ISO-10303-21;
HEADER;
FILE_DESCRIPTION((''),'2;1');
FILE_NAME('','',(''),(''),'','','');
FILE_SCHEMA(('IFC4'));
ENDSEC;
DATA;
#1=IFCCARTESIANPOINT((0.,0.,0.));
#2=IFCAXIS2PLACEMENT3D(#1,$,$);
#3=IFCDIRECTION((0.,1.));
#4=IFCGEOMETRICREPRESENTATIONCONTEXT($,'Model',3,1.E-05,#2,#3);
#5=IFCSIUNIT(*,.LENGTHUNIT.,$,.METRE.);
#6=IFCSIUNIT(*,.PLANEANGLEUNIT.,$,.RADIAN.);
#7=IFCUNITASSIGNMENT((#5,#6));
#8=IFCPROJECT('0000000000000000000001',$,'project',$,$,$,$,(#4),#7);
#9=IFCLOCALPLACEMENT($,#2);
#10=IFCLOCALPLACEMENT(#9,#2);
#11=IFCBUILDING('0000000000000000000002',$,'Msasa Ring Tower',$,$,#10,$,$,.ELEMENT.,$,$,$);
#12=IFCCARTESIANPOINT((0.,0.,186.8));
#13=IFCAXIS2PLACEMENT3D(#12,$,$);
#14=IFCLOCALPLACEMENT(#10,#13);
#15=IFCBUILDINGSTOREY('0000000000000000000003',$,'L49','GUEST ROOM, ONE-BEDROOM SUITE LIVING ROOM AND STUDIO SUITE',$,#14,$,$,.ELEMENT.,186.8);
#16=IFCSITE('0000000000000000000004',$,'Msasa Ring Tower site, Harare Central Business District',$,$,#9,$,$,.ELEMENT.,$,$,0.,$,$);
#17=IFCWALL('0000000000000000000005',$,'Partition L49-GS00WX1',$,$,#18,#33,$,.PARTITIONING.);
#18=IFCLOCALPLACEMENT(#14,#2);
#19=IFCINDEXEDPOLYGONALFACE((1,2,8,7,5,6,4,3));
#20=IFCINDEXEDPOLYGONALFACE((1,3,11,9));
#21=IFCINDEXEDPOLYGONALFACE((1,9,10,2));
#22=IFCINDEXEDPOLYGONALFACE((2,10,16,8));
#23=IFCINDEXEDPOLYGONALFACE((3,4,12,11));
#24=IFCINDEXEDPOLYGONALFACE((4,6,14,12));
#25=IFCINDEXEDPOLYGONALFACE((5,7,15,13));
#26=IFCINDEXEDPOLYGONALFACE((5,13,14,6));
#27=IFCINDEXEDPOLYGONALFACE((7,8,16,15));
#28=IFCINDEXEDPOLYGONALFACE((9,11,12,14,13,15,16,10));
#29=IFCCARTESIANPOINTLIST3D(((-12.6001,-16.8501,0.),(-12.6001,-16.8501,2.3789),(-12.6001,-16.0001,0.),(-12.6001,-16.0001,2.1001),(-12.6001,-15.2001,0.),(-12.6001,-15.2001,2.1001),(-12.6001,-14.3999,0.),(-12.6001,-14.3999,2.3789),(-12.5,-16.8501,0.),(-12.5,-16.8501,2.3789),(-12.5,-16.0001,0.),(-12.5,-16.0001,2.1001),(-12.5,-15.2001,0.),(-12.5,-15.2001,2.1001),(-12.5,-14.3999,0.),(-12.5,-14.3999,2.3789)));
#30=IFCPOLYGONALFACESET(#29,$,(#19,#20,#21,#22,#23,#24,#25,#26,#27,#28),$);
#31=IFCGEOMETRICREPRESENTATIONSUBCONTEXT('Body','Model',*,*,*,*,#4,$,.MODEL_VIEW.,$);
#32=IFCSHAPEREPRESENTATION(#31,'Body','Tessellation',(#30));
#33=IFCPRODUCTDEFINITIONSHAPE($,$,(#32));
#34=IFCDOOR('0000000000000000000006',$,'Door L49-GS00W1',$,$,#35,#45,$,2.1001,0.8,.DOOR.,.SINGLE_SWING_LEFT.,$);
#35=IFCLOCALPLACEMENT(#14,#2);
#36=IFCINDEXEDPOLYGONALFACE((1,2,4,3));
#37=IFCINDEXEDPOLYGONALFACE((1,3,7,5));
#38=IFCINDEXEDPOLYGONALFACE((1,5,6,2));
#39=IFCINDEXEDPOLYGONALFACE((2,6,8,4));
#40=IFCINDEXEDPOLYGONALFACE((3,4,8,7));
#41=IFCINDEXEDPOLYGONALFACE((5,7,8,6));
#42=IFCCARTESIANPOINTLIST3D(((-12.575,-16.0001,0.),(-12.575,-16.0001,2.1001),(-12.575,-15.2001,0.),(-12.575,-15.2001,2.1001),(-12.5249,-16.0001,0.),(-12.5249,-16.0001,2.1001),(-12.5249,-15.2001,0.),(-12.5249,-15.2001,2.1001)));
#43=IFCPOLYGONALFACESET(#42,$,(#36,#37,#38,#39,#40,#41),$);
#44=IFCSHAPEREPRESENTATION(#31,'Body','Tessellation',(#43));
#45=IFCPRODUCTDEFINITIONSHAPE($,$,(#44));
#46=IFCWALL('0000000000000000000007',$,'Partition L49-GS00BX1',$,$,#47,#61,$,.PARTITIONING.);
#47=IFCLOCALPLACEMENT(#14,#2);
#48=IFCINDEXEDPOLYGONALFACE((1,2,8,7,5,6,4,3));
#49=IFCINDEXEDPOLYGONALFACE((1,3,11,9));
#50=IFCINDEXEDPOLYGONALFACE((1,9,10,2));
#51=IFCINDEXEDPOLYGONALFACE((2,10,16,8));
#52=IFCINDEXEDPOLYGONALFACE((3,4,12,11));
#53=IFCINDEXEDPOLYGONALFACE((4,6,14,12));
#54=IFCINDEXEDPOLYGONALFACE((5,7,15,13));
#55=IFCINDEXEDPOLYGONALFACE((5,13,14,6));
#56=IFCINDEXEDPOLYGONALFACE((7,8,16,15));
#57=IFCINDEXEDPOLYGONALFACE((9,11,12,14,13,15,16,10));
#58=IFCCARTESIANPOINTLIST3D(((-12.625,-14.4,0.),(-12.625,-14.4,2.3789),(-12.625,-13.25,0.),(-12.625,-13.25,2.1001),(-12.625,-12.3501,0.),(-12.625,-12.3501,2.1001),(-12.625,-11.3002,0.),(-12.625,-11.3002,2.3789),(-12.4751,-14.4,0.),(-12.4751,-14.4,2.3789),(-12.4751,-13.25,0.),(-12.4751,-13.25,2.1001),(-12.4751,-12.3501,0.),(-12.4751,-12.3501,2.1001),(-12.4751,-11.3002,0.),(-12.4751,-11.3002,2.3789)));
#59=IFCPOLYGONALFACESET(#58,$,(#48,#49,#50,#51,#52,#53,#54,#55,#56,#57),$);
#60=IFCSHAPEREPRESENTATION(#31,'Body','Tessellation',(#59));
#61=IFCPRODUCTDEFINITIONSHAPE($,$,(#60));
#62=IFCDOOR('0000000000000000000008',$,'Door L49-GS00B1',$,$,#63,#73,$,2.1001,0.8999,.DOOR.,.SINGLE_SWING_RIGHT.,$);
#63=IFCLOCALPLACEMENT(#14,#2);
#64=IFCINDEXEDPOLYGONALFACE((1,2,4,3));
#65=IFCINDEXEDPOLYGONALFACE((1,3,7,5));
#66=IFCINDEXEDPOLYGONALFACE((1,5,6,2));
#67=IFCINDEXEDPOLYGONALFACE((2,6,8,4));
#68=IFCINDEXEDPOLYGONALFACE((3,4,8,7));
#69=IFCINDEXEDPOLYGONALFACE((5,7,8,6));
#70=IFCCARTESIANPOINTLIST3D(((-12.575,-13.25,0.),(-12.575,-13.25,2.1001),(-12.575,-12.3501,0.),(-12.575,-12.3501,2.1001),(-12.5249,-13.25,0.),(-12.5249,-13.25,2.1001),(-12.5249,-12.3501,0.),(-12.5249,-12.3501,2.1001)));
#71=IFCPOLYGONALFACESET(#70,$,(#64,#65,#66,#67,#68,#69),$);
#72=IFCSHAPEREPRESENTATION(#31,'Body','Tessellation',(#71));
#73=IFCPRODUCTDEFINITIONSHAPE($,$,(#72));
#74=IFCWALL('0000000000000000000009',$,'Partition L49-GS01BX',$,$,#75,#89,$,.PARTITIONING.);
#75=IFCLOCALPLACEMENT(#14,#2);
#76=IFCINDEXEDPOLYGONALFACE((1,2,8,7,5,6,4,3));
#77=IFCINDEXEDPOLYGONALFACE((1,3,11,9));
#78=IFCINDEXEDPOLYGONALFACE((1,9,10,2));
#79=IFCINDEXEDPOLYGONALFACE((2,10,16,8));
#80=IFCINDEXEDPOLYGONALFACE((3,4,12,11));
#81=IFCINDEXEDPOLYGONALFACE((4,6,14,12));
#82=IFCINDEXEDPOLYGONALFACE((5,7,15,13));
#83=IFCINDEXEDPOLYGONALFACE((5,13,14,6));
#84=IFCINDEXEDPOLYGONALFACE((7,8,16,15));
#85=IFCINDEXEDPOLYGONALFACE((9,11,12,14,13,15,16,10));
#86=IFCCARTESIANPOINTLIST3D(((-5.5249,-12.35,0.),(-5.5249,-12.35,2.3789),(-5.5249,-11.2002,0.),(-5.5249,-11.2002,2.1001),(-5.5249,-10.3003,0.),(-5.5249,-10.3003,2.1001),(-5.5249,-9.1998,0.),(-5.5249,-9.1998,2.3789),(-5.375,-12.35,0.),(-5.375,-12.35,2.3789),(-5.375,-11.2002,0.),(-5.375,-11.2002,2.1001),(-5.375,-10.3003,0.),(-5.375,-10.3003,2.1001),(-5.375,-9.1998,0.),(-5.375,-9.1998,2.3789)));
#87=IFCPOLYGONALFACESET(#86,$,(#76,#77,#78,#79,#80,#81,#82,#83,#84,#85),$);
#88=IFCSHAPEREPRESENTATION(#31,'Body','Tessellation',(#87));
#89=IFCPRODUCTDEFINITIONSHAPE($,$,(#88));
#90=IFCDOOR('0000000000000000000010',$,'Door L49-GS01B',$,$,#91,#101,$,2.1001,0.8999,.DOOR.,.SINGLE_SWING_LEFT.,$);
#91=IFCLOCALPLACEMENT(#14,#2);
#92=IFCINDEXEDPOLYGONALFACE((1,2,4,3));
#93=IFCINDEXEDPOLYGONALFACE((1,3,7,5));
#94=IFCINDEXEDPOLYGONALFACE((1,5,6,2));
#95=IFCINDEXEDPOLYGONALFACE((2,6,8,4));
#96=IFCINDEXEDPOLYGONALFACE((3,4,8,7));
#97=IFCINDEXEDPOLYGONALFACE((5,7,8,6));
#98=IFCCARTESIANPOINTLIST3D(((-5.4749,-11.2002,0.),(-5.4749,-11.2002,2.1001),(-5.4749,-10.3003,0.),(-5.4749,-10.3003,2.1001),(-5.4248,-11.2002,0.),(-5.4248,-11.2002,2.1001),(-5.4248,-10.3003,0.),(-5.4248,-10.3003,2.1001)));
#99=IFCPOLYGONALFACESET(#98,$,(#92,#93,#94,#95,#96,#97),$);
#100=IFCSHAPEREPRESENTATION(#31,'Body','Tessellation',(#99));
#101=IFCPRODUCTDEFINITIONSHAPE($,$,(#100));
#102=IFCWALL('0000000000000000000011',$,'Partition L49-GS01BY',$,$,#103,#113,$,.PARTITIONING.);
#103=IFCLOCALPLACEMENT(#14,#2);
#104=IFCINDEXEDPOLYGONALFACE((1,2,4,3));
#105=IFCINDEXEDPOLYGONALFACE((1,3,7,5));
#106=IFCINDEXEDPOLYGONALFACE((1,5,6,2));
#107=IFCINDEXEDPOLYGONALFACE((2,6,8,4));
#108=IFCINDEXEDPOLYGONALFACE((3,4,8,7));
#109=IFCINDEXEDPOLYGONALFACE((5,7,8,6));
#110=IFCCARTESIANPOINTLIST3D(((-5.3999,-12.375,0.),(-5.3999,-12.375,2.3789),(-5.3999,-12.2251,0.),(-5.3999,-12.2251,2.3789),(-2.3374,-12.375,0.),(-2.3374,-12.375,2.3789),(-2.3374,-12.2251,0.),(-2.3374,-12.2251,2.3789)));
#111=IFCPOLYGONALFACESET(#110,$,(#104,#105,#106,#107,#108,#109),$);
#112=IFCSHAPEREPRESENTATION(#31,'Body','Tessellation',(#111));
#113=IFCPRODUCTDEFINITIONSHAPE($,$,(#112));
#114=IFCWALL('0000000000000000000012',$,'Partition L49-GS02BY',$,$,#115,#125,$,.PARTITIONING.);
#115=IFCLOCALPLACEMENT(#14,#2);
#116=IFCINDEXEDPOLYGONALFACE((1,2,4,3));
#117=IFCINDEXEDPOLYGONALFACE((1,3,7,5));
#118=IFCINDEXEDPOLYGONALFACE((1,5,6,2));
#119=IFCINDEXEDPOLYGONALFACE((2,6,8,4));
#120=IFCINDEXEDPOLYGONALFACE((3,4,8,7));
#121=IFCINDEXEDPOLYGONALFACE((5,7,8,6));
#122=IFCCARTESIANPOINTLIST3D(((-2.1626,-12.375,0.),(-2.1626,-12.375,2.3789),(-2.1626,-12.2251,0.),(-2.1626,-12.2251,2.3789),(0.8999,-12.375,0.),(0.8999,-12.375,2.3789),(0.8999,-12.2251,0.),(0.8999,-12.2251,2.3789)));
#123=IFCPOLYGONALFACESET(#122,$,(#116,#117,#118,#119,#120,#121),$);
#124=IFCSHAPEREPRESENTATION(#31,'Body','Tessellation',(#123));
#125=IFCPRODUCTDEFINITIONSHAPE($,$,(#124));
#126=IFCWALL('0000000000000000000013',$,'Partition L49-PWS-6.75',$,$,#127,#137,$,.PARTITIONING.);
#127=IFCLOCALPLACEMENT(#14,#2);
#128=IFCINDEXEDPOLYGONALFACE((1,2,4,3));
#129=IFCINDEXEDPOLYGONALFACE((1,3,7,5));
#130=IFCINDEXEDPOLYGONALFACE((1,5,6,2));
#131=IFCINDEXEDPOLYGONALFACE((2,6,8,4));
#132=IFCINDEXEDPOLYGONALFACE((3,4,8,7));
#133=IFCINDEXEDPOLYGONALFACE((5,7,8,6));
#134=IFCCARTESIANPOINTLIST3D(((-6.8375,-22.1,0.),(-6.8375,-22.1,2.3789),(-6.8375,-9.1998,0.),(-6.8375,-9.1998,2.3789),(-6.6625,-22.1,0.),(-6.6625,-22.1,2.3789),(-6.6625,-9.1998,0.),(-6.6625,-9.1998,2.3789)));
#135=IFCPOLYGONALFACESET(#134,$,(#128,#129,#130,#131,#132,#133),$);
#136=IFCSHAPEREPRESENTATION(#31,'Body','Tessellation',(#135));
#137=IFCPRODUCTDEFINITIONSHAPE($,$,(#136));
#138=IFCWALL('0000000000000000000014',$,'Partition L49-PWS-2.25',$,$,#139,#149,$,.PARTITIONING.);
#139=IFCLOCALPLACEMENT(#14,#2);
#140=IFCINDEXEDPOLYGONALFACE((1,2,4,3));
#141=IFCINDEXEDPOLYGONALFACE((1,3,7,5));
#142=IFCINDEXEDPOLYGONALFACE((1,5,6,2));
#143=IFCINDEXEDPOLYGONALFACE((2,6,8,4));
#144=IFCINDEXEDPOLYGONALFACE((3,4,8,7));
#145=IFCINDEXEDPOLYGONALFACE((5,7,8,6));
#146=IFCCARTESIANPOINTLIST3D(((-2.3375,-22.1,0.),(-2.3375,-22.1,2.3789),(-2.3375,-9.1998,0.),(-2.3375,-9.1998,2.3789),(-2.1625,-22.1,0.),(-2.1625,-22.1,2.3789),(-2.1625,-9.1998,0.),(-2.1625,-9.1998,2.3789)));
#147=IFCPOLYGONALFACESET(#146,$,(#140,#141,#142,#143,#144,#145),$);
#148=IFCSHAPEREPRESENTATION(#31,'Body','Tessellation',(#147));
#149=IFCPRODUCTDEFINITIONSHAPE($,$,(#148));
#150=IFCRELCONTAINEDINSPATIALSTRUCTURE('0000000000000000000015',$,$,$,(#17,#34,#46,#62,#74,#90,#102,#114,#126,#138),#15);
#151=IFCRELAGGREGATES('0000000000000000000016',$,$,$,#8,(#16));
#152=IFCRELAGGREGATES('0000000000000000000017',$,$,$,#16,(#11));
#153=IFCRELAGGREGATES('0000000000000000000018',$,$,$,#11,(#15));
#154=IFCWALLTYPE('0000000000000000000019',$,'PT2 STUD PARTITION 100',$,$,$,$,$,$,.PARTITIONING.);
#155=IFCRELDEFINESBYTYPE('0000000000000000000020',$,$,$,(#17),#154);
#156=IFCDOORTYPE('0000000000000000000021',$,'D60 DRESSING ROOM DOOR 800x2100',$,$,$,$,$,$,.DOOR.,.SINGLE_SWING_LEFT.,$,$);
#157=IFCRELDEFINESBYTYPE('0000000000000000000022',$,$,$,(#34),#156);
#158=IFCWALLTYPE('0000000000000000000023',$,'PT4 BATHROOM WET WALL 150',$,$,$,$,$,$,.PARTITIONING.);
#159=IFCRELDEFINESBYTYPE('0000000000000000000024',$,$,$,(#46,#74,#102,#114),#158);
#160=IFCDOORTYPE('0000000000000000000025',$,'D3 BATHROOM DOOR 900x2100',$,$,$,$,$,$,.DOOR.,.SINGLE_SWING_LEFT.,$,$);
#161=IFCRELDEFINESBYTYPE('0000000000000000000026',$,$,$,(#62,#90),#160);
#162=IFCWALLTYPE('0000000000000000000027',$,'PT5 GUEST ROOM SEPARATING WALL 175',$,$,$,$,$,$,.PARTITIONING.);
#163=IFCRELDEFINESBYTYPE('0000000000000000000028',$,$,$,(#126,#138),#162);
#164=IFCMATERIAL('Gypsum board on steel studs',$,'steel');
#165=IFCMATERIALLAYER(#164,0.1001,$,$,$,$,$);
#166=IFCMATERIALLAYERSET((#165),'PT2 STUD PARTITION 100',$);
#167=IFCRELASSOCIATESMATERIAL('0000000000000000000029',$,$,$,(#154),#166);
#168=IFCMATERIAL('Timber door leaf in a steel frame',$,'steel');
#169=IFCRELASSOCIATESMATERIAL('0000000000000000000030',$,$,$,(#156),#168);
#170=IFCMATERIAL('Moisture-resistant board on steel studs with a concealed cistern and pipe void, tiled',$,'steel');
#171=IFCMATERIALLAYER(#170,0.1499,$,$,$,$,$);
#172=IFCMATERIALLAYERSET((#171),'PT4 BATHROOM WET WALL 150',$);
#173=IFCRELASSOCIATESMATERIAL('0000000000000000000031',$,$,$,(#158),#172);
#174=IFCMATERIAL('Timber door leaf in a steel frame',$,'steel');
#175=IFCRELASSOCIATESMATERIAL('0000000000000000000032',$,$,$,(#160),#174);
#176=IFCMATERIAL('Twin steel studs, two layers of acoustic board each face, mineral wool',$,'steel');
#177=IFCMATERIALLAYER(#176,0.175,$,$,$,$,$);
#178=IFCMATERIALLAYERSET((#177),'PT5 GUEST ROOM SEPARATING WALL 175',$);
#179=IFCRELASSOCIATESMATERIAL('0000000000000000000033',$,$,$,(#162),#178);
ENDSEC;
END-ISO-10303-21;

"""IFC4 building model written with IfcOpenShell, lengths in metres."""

from ifc_helpers import new_model, si_unit, direction, frame, frame_2d, origin, place, context, subcontext, project, spatial, rectangle, extrude, material, layer, layer_set, type_object, element, fill, save


model = new_model("IFC4")

# Units and contexts
model_context = context("Model", 3, precision=1e-05, world=origin(), true_north=direction((0.0, 1.0)))
body_context = subcontext(model_context, "Body", "Model", "MODEL_VIEW")
ifc_project = project(units=[si_unit("LENGTHUNIT", "METRE"), si_unit("PLANEANGLEUNIT", "RADIAN")], contexts=[model_context])

# Site, building, storey
site_placement = place(None, origin())
site = spatial("IfcSite", under=ifc_project, at=site_placement, Name="Msasa Ring Tower site, Harare Central Business District", CompositionType="ELEMENT", RefElevation=0.0)
building_placement = place(site_placement, origin())
building = spatial("IfcBuilding", under=site, at=building_placement, Name="Msasa Ring Tower", CompositionType="ELEMENT")
storey_placement = place(building_placement, frame((0.0, 0.0, 186.8)))
storey = spatial("IfcBuildingStorey", under=building, at=storey_placement, Name="L49", Description="GUEST ROOM, ONE-BEDROOM SUITE LIVING ROOM AND STUDIO SUITE", CompositionType="ELEMENT", Elevation=186.8)

# Shared definitions
ifc_material_1 = material(Name="Gypsum board on steel studs", Category="steel")
ifc_layer_1 = layer(ifc_material_1, 0.1001)
ifc_layer_set_1 = layer_set([ifc_layer_1], Name="PT2 STUD PARTITION 100")
wall_type_1 = type_object("IfcWallType", Name="PT2 STUD PARTITION 100", PredefinedType="PARTITIONING", material=ifc_layer_set_1)

# Walls, openings, doors
wall_1_placement = place(storey_placement, frame((-12.55, -16.8501, 0.0), z_axis=(0.0, 0.0, 1.0), x_axis=(0.0, 1.0, 0.0)))
wall_1 = element("IfcWall", 1, at=wall_1_placement, inside=storey, type_object=wall_type_1, Name="Partition L49-GS00WX1", PredefinedType="PARTITIONING", context=body_context, shape_type="SweptSolid", body=[
    extrude(rectangle(XDim=2.4502, YDim=0.1001, at=frame_2d((1.2251, 0.0))), origin(), (0.0, 0.0, 1.0), 2.3789),
])
opening_1_placement = place(wall_1_placement, frame((0.8501, 0.0, 0.0)))
opening_1 = element("IfcOpeningElement", 2, at=opening_1_placement, cuts=wall_1, PredefinedType="OPENING", context=body_context, shape_type="SweptSolid", body=[
    extrude(rectangle(XDim=0.8, YDim=2.1001, at=frame_2d((0.3999, 1.05))), frame((0.0, 0.0601, 0.0), z_axis=(0.0, -1.0, 0.0), x_axis=(1.0, 0.0, 0.0)), (0.0, 0.0, 1.0), 0.1201),
])
ifc_material_2 = material(Name="Timber door leaf in a steel frame", Category="steel")
door_type_1 = type_object("IfcDoorType", Name="D60 DRESSING ROOM DOOR 800x2100", OperationType="SINGLE_SWING_LEFT", PredefinedType="DOOR", material=ifc_material_2)
door_1_placement = place(opening_1_placement, origin())
door_1 = element("IfcDoor", 3, at=door_1_placement, inside=storey, type_object=door_type_1, Name="Door L49-GS00W1", OperationType="SINGLE_SWING_LEFT", OverallHeight=2.1001, OverallWidth=0.8, PredefinedType="DOOR", context=body_context, shape_type="SweptSolid", body=[
    extrude(rectangle(XDim=0.8, YDim=2.1001, at=frame_2d((0.3999, 1.05))), frame((0.0, 0.0249, 0.0), z_axis=(0.0, -1.0, 0.0), x_axis=(1.0, 0.0, 0.0)), (0.0, 0.0, 1.0), 0.05),
])
fill(opening_1, door_1)
ifc_material_3 = material(Name="Moisture-resistant board on steel studs with a concealed cistern and pipe void, tiled", Category="steel")
ifc_layer_2 = layer(ifc_material_3, 0.1499)
ifc_layer_set_2 = layer_set([ifc_layer_2], Name="PT4 BATHROOM WET WALL 150")
wall_type_2 = type_object("IfcWallType", Name="PT4 BATHROOM WET WALL 150", PredefinedType="PARTITIONING", material=ifc_layer_set_2)
wall_2_placement = place(storey_placement, frame((-12.55, -14.3999, 0.0), z_axis=(0.0, 0.0, 1.0), x_axis=(0.0, 1.0, 0.0)))
wall_2 = element("IfcWall", 4, at=wall_2_placement, inside=storey, type_object=wall_type_2, Name="Partition L49-GS00BX1", PredefinedType="PARTITIONING", context=body_context, shape_type="SweptSolid", body=[
    extrude(rectangle(XDim=3.0999, YDim=0.1499, at=frame_2d((1.5498, 0.0))), origin(), (0.0, 0.0, 1.0), 2.3789),
])
opening_2_placement = place(wall_2_placement, frame((1.1499, 0.0, 0.0)))
opening_2 = element("IfcOpeningElement", 5, at=opening_2_placement, cuts=wall_2, PredefinedType="OPENING", context=body_context, shape_type="SweptSolid", body=[
    extrude(rectangle(XDim=0.8999, YDim=2.1001, at=frame_2d((0.45, 1.05))), frame((0.0, 0.085, 0.0), z_axis=(0.0, -1.0, 0.0), x_axis=(1.0, 0.0, 0.0)), (0.0, 0.0, 1.0), 0.1699),
])
ifc_material_4 = material(Name="Timber door leaf in a steel frame", Category="steel")
door_type_2 = type_object("IfcDoorType", Name="D3 BATHROOM DOOR 900x2100", OperationType="SINGLE_SWING_LEFT", PredefinedType="DOOR", material=ifc_material_4)
door_2_placement = place(opening_2_placement, origin())
door_2 = element("IfcDoor", 6, at=door_2_placement, inside=storey, type_object=door_type_2, Name="Door L49-GS00B1", OperationType="SINGLE_SWING_RIGHT", OverallHeight=2.1001, OverallWidth=0.8999, PredefinedType="DOOR", context=body_context, shape_type="SweptSolid", body=[
    extrude(rectangle(XDim=0.8999, YDim=2.1001, at=frame_2d((0.45, 1.05))), frame((0.0, 0.0249, 0.0), z_axis=(0.0, -1.0, 0.0), x_axis=(1.0, 0.0, 0.0)), (0.0, 0.0, 1.0), 0.05),
])
fill(opening_2, door_2)
wall_3_placement = place(storey_placement, frame((-5.45, -12.3501, 0.0), z_axis=(0.0, 0.0, 1.0), x_axis=(0.0, 1.0, 0.0)))
wall_3 = element("IfcWall", 7, at=wall_3_placement, inside=storey, type_object=wall_type_2, Name="Partition L49-GS01BX", PredefinedType="PARTITIONING", context=body_context, shape_type="SweptSolid", body=[
    extrude(rectangle(XDim=3.1501, YDim=0.1499, at=frame_2d((1.5752, 0.0))), origin(), (0.0, 0.0, 1.0), 2.3789),
])
opening_3_placement = place(wall_3_placement, frame((1.1499, 0.0, 0.0)))
opening_3 = element("IfcOpeningElement", 8, at=opening_3_placement, cuts=wall_3, PredefinedType="OPENING", context=body_context, shape_type="SweptSolid", body=[
    extrude(rectangle(XDim=0.8999, YDim=2.1001, at=frame_2d((0.45, 1.05))), frame((0.0, 0.085, 0.0), z_axis=(0.0, -1.0, 0.0), x_axis=(1.0, 0.0, 0.0)), (0.0, 0.0, 1.0), 0.1699),
])
door_3_placement = place(opening_3_placement, origin())
door_3 = element("IfcDoor", 9, at=door_3_placement, inside=storey, type_object=door_type_2, Name="Door L49-GS01B", OperationType="SINGLE_SWING_LEFT", OverallHeight=2.1001, OverallWidth=0.8999, PredefinedType="DOOR", context=body_context, shape_type="SweptSolid", body=[
    extrude(rectangle(XDim=0.8999, YDim=2.1001, at=frame_2d((0.45, 1.05))), frame((0.0, 0.0249, 0.0), z_axis=(0.0, -1.0, 0.0), x_axis=(1.0, 0.0, 0.0)), (0.0, 0.0, 1.0), 0.05),
])
fill(opening_3, door_3)

# Walls
for number, where, z_axis, x_axis, name in (
    (10, (-5.3999, -12.3, 0.0), (0.0, 0.0, 1.0), (1.0, 0.0, 0.0), "Partition L49-GS01BY"),
    (11, (-2.1626, -12.3, 0.0), (0.0, 0.0, 1.0), (1.0, 0.0, 0.0), "Partition L49-GS02BY"),
):
    element("IfcWall", number, at=place(storey_placement, frame(where, z_axis=z_axis, x_axis=x_axis)), inside=storey, type_object=wall_type_2, Name=name, PredefinedType="PARTITIONING", context=body_context, shape_type="SweptSolid", body=[
        extrude(rectangle(XDim=3.0625, YDim=0.1499, at=frame_2d((1.5312, 0.0))), origin(), (0.0, 0.0, 1.0), 2.3789),
    ])
ifc_material_5 = material(Name="Twin steel studs, two layers of acoustic board each face, mineral wool", Category="steel")
ifc_layer_3 = layer(ifc_material_5, 0.175)
ifc_layer_set_3 = layer_set([ifc_layer_3], Name="PT5 GUEST ROOM SEPARATING WALL 175")
wall_type_3 = type_object("IfcWallType", Name="PT5 GUEST ROOM SEPARATING WALL 175", PredefinedType="PARTITIONING", material=ifc_layer_set_3)
for number, where, z_axis, x_axis, name in (
    (12, (-6.75, -22.1001, 0.0), (0.0, 0.0, 1.0), (0.0, 1.0, 0.0), "Partition L49-PWS-6.75"),
    (13, (-2.25, -22.1001, 0.0), (0.0, 0.0, 1.0), (0.0, 1.0, 0.0), "Partition L49-PWS-2.25"),
):
    element("IfcWall", number, at=place(storey_placement, frame(where, z_axis=z_axis, x_axis=x_axis)), inside=storey, type_object=wall_type_3, Name=name, PredefinedType="PARTITIONING", context=body_context, shape_type="SweptSolid", body=[
        extrude(rectangle(XDim=12.9001, YDim=0.175, at=frame_2d((6.4502, 0.0))), origin(), (0.0, 0.0, 1.0), 2.3789),
    ])

save(model, "model.ifc")
